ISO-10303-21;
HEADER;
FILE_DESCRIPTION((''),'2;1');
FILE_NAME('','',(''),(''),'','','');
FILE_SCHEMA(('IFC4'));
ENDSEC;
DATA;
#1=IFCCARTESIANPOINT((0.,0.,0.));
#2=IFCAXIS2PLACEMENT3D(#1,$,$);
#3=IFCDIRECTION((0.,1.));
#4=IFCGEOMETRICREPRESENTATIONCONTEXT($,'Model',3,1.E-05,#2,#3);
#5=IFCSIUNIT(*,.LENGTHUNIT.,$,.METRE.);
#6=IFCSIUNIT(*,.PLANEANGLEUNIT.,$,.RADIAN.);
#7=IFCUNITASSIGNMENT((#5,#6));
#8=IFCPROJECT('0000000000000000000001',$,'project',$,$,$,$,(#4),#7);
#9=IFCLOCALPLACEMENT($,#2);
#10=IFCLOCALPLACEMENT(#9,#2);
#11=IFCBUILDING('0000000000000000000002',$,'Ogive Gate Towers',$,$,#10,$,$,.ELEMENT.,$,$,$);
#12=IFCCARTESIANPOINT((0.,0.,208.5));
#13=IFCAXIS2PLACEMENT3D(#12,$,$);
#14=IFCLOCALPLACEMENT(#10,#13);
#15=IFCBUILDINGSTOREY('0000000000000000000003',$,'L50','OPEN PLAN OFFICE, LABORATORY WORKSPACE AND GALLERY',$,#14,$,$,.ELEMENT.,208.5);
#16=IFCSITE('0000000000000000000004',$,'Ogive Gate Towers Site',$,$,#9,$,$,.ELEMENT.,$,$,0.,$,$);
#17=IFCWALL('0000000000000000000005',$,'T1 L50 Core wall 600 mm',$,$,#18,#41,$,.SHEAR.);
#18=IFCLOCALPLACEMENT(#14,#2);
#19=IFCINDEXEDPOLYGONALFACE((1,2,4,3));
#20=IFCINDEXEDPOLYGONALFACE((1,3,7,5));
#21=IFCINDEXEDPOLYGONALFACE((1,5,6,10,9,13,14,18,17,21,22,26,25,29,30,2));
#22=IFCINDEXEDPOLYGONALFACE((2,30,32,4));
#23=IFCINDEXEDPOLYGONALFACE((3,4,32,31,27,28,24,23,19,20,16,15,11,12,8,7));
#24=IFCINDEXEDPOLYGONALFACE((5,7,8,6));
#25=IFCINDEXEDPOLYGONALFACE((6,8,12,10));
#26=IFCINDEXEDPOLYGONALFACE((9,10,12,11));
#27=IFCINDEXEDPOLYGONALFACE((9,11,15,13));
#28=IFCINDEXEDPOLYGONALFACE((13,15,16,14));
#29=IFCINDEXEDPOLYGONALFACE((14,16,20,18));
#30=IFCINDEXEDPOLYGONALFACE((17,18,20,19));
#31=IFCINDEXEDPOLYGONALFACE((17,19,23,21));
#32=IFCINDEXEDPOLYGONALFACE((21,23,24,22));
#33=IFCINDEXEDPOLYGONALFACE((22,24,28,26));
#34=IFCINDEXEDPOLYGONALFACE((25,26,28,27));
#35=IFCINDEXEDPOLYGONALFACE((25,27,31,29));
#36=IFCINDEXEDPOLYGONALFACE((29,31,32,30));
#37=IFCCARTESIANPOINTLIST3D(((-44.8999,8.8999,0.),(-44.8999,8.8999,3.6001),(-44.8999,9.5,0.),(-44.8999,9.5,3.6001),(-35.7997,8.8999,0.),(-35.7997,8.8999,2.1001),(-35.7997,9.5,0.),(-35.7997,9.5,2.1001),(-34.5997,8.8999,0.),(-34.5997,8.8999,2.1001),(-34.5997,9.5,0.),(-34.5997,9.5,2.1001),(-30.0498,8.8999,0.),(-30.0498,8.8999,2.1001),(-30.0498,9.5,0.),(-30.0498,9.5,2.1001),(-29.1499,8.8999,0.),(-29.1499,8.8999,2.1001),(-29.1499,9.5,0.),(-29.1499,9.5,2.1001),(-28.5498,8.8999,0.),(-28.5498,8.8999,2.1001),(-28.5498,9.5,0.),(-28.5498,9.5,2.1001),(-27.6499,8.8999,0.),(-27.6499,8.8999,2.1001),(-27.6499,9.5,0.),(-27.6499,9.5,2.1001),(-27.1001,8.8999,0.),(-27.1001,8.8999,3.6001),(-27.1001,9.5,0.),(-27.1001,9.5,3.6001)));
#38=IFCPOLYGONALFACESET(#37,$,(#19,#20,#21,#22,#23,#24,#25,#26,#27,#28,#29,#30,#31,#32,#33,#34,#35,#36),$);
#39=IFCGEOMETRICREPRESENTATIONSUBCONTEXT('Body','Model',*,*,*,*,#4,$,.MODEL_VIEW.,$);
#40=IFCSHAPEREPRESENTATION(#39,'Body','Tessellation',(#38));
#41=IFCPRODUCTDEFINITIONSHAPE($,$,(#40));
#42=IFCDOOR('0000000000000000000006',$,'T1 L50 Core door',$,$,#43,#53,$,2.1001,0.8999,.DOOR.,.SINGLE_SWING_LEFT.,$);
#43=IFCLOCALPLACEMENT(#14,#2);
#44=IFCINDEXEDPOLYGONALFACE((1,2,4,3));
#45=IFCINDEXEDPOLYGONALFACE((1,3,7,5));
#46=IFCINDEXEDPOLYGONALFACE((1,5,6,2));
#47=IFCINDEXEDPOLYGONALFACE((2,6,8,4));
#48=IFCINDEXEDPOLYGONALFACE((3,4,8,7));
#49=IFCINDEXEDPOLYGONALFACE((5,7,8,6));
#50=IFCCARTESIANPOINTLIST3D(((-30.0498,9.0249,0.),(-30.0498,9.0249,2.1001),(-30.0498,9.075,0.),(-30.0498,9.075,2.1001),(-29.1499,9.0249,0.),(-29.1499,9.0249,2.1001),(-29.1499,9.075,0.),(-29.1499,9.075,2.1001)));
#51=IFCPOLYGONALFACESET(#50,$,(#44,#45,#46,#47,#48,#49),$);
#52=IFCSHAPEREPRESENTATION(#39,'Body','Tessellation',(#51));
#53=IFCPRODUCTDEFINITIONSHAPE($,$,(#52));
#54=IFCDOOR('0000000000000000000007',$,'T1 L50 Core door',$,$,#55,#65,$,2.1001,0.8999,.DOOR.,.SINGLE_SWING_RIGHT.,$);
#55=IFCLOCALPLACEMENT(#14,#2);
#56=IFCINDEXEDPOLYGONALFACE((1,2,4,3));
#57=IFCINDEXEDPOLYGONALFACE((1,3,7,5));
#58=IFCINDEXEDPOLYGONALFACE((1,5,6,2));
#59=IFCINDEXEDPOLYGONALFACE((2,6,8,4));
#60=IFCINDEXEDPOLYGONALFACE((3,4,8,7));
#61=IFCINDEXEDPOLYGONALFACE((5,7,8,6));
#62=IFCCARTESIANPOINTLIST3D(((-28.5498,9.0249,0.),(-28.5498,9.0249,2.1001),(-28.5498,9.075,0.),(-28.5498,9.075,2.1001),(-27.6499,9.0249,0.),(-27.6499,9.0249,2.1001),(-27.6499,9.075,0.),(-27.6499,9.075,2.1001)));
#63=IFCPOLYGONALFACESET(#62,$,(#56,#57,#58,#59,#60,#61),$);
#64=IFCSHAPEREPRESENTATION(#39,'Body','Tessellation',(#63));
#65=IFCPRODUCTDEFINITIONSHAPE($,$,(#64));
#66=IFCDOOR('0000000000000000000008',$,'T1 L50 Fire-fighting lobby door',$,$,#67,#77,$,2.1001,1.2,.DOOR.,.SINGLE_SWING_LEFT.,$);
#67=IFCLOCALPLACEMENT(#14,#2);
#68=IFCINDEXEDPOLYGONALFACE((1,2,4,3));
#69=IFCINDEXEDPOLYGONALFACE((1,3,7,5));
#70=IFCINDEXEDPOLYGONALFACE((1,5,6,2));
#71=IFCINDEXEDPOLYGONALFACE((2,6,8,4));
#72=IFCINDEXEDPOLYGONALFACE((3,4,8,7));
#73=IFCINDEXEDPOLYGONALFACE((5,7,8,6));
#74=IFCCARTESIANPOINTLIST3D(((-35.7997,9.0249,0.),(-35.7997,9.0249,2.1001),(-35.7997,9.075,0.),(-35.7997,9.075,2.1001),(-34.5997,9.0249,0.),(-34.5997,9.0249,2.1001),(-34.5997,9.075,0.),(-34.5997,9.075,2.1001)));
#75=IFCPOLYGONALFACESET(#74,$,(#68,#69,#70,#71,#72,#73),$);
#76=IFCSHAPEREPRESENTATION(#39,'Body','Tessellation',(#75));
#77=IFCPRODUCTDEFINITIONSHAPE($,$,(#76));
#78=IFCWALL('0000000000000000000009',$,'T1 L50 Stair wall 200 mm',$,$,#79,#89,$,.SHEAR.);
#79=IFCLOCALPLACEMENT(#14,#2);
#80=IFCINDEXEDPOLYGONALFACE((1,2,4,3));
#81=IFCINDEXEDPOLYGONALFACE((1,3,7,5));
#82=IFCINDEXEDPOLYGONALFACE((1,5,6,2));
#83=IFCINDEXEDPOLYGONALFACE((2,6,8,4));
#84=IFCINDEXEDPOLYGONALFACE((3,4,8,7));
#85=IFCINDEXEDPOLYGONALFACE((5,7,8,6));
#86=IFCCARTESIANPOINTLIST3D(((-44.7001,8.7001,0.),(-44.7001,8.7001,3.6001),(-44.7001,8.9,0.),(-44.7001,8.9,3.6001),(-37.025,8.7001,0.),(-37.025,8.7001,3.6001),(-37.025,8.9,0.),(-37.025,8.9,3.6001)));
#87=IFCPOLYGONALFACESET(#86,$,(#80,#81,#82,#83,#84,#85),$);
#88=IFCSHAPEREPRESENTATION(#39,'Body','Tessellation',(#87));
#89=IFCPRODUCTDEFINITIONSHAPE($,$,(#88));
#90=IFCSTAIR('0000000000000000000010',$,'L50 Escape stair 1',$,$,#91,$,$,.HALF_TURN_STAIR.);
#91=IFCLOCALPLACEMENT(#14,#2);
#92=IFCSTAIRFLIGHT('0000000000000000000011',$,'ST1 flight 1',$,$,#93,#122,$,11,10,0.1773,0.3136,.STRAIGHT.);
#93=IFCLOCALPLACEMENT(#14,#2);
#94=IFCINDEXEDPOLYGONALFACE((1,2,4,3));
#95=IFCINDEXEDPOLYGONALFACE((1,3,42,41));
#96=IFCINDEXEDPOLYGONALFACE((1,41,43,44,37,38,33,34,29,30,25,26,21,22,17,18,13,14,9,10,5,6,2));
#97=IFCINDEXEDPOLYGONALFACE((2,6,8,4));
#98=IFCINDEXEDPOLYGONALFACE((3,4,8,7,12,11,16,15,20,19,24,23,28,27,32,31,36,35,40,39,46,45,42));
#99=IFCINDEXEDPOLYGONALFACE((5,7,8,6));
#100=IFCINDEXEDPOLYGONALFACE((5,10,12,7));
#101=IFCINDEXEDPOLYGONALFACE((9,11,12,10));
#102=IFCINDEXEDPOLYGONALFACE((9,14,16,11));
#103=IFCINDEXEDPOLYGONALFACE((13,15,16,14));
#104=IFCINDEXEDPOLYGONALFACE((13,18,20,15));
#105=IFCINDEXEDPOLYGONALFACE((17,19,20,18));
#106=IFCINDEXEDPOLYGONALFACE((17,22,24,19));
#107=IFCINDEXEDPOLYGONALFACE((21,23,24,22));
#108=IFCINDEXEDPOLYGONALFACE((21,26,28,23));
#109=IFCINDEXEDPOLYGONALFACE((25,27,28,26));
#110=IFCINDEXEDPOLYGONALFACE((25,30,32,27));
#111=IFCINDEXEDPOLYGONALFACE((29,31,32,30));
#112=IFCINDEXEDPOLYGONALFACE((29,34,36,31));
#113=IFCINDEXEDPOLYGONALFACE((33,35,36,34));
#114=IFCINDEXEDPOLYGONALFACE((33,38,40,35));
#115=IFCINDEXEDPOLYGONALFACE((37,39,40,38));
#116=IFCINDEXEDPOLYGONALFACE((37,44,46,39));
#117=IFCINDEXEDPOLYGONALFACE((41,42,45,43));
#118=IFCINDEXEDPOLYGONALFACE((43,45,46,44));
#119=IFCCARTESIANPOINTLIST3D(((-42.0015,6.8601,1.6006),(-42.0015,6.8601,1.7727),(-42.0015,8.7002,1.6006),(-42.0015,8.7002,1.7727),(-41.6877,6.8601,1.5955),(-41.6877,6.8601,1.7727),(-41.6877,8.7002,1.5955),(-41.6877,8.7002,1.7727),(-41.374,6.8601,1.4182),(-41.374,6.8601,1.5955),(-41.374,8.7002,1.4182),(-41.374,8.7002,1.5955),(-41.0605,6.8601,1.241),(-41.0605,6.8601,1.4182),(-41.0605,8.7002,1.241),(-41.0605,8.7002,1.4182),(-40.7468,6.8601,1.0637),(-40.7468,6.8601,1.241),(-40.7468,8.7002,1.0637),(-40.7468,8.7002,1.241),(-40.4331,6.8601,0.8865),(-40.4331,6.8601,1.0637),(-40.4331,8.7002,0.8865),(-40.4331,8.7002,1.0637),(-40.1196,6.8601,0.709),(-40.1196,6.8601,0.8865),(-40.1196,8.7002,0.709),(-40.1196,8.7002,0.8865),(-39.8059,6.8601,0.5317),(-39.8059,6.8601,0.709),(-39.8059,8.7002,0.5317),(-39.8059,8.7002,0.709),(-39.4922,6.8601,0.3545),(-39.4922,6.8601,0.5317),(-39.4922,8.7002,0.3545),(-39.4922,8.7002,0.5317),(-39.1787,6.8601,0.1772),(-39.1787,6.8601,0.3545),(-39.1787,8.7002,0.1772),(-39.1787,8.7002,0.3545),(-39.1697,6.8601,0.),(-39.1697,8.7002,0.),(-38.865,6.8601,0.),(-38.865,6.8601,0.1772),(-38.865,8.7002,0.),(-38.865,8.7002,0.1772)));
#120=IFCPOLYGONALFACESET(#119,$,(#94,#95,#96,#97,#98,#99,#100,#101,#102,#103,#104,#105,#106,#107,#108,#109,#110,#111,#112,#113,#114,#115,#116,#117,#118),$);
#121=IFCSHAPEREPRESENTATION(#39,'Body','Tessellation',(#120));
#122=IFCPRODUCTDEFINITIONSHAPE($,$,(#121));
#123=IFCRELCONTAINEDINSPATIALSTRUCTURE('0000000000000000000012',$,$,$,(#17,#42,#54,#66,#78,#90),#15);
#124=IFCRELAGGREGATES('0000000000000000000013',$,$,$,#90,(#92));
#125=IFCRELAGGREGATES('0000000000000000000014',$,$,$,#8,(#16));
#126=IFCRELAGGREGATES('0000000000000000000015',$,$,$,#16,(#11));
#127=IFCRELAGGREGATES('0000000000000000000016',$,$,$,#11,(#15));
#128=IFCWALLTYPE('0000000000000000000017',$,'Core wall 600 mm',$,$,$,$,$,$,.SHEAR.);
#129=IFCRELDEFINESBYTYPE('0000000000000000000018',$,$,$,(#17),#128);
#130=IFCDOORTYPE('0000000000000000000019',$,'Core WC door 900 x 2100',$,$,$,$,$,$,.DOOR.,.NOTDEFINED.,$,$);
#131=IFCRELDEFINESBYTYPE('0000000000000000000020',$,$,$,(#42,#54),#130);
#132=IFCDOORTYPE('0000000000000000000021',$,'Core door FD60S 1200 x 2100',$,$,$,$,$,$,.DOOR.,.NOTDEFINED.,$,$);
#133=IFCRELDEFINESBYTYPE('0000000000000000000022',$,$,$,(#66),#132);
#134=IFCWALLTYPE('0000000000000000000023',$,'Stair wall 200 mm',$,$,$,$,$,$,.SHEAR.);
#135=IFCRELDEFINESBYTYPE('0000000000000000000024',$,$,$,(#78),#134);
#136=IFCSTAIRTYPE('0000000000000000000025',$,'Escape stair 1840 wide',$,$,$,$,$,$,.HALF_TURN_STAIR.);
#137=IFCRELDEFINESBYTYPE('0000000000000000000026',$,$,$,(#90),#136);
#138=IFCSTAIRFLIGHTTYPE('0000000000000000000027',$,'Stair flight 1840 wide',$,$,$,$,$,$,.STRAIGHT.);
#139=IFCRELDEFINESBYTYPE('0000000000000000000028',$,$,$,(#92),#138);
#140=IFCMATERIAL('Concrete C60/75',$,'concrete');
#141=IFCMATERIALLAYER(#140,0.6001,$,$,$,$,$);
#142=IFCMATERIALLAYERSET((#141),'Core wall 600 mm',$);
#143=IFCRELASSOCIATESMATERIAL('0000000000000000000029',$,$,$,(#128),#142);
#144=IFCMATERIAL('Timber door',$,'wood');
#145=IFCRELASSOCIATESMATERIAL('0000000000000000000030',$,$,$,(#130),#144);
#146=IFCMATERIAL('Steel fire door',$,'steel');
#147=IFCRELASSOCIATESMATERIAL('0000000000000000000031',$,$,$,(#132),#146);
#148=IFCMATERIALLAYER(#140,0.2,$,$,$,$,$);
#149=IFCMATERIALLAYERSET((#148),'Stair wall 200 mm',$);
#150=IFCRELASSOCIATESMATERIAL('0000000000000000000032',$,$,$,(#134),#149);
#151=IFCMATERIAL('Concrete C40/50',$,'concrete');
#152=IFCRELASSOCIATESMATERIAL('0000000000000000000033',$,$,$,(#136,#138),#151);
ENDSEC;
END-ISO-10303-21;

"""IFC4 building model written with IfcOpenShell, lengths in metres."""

from ifc_helpers import new_model, si_unit, direction, frame, frame_2d, origin, place, context, subcontext, project, spatial, polyline, rectangle, outline, extrude, material, layer, layer_set, type_object, element, fill, aggregate, save


model = new_model("IFC4")

# Units and contexts
model_context = context("Model", 3, precision=1e-05, world=origin(), true_north=direction((0.0, 1.0)))
body_context = subcontext(model_context, "Body", "Model", "MODEL_VIEW")
ifc_project = project(units=[si_unit("LENGTHUNIT", "METRE"), si_unit("PLANEANGLEUNIT", "RADIAN")], contexts=[model_context])

# Site, building, storey
site_placement = place(None, origin())
site = spatial("IfcSite", under=ifc_project, at=site_placement, Name="Ogive Gate Towers Site", CompositionType="ELEMENT", RefElevation=0.0)
building_placement = place(site_placement, origin())
building = spatial("IfcBuilding", under=site, at=building_placement, Name="Ogive Gate Towers", CompositionType="ELEMENT")
storey_placement = place(building_placement, frame((0.0, 0.0, 208.5)))
storey = spatial("IfcBuildingStorey", under=building, at=storey_placement, Name="L50", Description="OPEN PLAN OFFICE, LABORATORY WORKSPACE AND GALLERY", CompositionType="ELEMENT", Elevation=208.5)

# Shared definitions
ifc_material_1 = material(Name="Timber door", Category="wood")

# Wall, openings, doors
ifc_material_2 = material(Name="Concrete C60/75", Category="concrete")
ifc_layer_1 = layer(ifc_material_2, 0.6001)
ifc_layer_set_1 = layer_set([ifc_layer_1], Name="Core wall 600 mm")
wall_type_1 = type_object("IfcWallType", Name="Core wall 600 mm", PredefinedType="SHEAR", material=ifc_layer_set_1)
wall_1_placement = place(storey_placement, frame((-44.8999, 9.2, 0.0), z_axis=(0.0, 0.0, 1.0), x_axis=(1.0, 0.0, 0.0)))
wall_1 = element("IfcWall", 1, at=wall_1_placement, inside=storey, type_object=wall_type_1, Name="T1 L50 Core wall 600 mm", PredefinedType="SHEAR", context=body_context, shape_type="SweptSolid", body=[
    extrude(rectangle(XDim=17.7998, YDim=0.6001, at=frame_2d((8.8999, 0.0))), origin(), (0.0, 0.0, 1.0), 3.6001),
])
opening_1_placement = place(wall_1_placement, frame((9.1001, 0.0, 0.0)))
opening_1 = element("IfcOpeningElement", 2, at=opening_1_placement, cuts=wall_1, PredefinedType="OPENING", context=body_context, shape_type="SweptSolid", body=[
    extrude(rectangle(XDim=1.2, YDim=2.1001, at=frame_2d((0.6001, 1.05))), frame((0.0, 0.3101, 0.0), z_axis=(0.0, -1.0, 0.0), x_axis=(1.0, 0.0, 0.0)), (0.0, 0.0, 1.0), 0.6201),
])
opening_2_placement = place(wall_1_placement, frame((14.8501, 0.0, 0.0)))
opening_2 = element("IfcOpeningElement", 3, at=opening_2_placement, cuts=wall_1, PredefinedType="OPENING", context=body_context, shape_type="SweptSolid", body=[
    extrude(rectangle(XDim=0.8999, YDim=2.1001, at=frame_2d((0.45, 1.05))), frame((0.0, 0.3101, 0.0), z_axis=(0.0, -1.0, 0.0), x_axis=(1.0, 0.0, 0.0)), (0.0, 0.0, 1.0), 0.6201),
])
opening_3_placement = place(wall_1_placement, frame((16.3501, 0.0, 0.0)))
opening_3 = element("IfcOpeningElement", 4, at=opening_3_placement, cuts=wall_1, PredefinedType="OPENING", context=body_context, shape_type="SweptSolid", body=[
    extrude(rectangle(XDim=0.8999, YDim=2.1001, at=frame_2d((0.45, 1.05))), frame((0.0, 0.3101, 0.0), z_axis=(0.0, -1.0, 0.0), x_axis=(1.0, 0.0, 0.0)), (0.0, 0.0, 1.0), 0.6201),
])
door_type_1 = type_object("IfcDoorType", Name="Core WC door 900 x 2100", OperationType="NOTDEFINED", PredefinedType="DOOR", material=ifc_material_1)
door_1_placement = place(opening_2_placement, origin())
door_1 = element("IfcDoor", 5, at=door_1_placement, inside=storey, type_object=door_type_1, Name="T1 L50 Core door", OperationType="SINGLE_SWING_LEFT", OverallHeight=2.1001, OverallWidth=0.8999, PredefinedType="DOOR", context=body_context, shape_type="SweptSolid", body=[
    extrude(rectangle(XDim=0.8999, YDim=2.1001, at=frame_2d((0.45, 1.05))), frame((0.0, -0.125, 0.0), z_axis=(0.0, -1.0, 0.0), x_axis=(1.0, 0.0, 0.0)), (0.0, 0.0, 1.0), 0.05),
])
fill(opening_2, door_1)
door_2_placement = place(opening_3_placement, origin())
door_2 = element("IfcDoor", 6, at=door_2_placement, inside=storey, type_object=door_type_1, Name="T1 L50 Core door", OperationType="SINGLE_SWING_RIGHT", OverallHeight=2.1001, OverallWidth=0.8999, PredefinedType="DOOR", context=body_context, shape_type="SweptSolid", body=[
    extrude(rectangle(XDim=0.8999, YDim=2.1001, at=frame_2d((0.45, 1.05))), frame((0.0, -0.125, 0.0), z_axis=(0.0, -1.0, 0.0), x_axis=(1.0, 0.0, 0.0)), (0.0, 0.0, 1.0), 0.05),
])
fill(opening_3, door_2)
ifc_material_3 = material(Name="Steel fire door", Category="steel")
door_type_2 = type_object("IfcDoorType", Name="Core door FD60S 1200 x 2100", OperationType="NOTDEFINED", PredefinedType="DOOR", material=ifc_material_3)
door_3_placement = place(opening_1_placement, origin())
door_3 = element("IfcDoor", 7, at=door_3_placement, inside=storey, type_object=door_type_2, Name="T1 L50 Fire-fighting lobby door", OperationType="SINGLE_SWING_LEFT", OverallHeight=2.1001, OverallWidth=1.2, PredefinedType="DOOR", context=body_context, shape_type="SweptSolid", body=[
    extrude(rectangle(XDim=1.2, YDim=2.1001, at=frame_2d((0.6001, 1.05))), frame((0.0, -0.125, 0.0), z_axis=(0.0, -1.0, 0.0), x_axis=(1.0, 0.0, 0.0)), (0.0, 0.0, 1.0), 0.05),
])
fill(opening_1, door_3)

# Wall
ifc_layer_2 = layer(ifc_material_2, 0.2)
ifc_layer_set_2 = layer_set([ifc_layer_2], Name="Stair wall 200 mm")
wall_type_2 = type_object("IfcWallType", Name="Stair wall 200 mm", PredefinedType="SHEAR", material=ifc_layer_set_2)
wall_2_placement = place(storey_placement, frame((-44.7, 8.8, 0.0), z_axis=(0.0, 0.0, 1.0), x_axis=(1.0, 0.0, 0.0)))
element("IfcWall", 8, at=wall_2_placement, inside=storey, type_object=wall_type_2, Name="T1 L50 Stair wall 200 mm", PredefinedType="SHEAR", context=body_context, shape_type="SweptSolid", body=[
    extrude(rectangle(XDim=7.675, YDim=0.2, at=frame_2d((3.8374, 0.0))), origin(), (0.0, 0.0, 1.0), 3.6001),
])

# Stair, stair flight
ifc_material_4 = material(Name="Concrete C40/50", Category="concrete")
stair_type = type_object("IfcStairType", Name="Escape stair 1840 wide", PredefinedType="HALF_TURN_STAIR", material=ifc_material_4)
stair_placement = place(storey_placement, origin())
stair = element("IfcStair", 9, at=stair_placement, inside=storey, type_object=stair_type, Name="L50 Escape stair 1", PredefinedType="HALF_TURN_STAIR")
stair_flight_type = type_object("IfcStairFlightType", Name="Stair flight 1840 wide", PredefinedType="STRAIGHT", material=ifc_material_4)
stair_flight_placement = place(storey_placement, frame((-38.865, 7.78, 0.0), z_axis=(0.0, 0.0, 1.0), x_axis=(-1.0, 0.0, 0.0)))
stair_flight = element("IfcStairFlight", 10, at=stair_flight_placement, type_object=stair_flight_type, Name="ST1 flight 1", NumberOfRisers=11, NumberOfTreads=10, PredefinedType="STRAIGHT", RiserHeight=0.1773, TreadLength=0.3136, context=body_context, shape_type="SweptSolid", body=[
    extrude(outline(polyline([(0.0, 0.0), (0.0, 0.1772), (0.3137, 0.1772), (0.3137, 0.3545), (0.6272, 0.3545), (0.6272, 0.5317), (0.9409, 0.5317), (0.9409, 0.709), (1.2546, 0.709), (1.2546, 0.8865), (1.5681, 0.8865), (1.5681, 1.0637), (1.8818, 1.0637), (1.8818, 1.241), (2.1956, 1.241), (2.1956, 1.4182), (2.509, 1.4182), (2.509, 1.5955), (2.8228, 1.5955), (2.8228, 1.7727), (3.1365, 1.7727), (3.1365, 1.95), (3.1365, 1.6006), (0.3047, 0.0), (0.0, 0.0)])), frame((0.0, 0.9199, 0.0), z_axis=(0.0, -1.0, 0.0), x_axis=(1.0, 0.0, 0.0)), (0.0, 0.0, 1.0), 1.8401),
])
aggregate(stair, [stair_flight])

save(model, "model.ifc")
